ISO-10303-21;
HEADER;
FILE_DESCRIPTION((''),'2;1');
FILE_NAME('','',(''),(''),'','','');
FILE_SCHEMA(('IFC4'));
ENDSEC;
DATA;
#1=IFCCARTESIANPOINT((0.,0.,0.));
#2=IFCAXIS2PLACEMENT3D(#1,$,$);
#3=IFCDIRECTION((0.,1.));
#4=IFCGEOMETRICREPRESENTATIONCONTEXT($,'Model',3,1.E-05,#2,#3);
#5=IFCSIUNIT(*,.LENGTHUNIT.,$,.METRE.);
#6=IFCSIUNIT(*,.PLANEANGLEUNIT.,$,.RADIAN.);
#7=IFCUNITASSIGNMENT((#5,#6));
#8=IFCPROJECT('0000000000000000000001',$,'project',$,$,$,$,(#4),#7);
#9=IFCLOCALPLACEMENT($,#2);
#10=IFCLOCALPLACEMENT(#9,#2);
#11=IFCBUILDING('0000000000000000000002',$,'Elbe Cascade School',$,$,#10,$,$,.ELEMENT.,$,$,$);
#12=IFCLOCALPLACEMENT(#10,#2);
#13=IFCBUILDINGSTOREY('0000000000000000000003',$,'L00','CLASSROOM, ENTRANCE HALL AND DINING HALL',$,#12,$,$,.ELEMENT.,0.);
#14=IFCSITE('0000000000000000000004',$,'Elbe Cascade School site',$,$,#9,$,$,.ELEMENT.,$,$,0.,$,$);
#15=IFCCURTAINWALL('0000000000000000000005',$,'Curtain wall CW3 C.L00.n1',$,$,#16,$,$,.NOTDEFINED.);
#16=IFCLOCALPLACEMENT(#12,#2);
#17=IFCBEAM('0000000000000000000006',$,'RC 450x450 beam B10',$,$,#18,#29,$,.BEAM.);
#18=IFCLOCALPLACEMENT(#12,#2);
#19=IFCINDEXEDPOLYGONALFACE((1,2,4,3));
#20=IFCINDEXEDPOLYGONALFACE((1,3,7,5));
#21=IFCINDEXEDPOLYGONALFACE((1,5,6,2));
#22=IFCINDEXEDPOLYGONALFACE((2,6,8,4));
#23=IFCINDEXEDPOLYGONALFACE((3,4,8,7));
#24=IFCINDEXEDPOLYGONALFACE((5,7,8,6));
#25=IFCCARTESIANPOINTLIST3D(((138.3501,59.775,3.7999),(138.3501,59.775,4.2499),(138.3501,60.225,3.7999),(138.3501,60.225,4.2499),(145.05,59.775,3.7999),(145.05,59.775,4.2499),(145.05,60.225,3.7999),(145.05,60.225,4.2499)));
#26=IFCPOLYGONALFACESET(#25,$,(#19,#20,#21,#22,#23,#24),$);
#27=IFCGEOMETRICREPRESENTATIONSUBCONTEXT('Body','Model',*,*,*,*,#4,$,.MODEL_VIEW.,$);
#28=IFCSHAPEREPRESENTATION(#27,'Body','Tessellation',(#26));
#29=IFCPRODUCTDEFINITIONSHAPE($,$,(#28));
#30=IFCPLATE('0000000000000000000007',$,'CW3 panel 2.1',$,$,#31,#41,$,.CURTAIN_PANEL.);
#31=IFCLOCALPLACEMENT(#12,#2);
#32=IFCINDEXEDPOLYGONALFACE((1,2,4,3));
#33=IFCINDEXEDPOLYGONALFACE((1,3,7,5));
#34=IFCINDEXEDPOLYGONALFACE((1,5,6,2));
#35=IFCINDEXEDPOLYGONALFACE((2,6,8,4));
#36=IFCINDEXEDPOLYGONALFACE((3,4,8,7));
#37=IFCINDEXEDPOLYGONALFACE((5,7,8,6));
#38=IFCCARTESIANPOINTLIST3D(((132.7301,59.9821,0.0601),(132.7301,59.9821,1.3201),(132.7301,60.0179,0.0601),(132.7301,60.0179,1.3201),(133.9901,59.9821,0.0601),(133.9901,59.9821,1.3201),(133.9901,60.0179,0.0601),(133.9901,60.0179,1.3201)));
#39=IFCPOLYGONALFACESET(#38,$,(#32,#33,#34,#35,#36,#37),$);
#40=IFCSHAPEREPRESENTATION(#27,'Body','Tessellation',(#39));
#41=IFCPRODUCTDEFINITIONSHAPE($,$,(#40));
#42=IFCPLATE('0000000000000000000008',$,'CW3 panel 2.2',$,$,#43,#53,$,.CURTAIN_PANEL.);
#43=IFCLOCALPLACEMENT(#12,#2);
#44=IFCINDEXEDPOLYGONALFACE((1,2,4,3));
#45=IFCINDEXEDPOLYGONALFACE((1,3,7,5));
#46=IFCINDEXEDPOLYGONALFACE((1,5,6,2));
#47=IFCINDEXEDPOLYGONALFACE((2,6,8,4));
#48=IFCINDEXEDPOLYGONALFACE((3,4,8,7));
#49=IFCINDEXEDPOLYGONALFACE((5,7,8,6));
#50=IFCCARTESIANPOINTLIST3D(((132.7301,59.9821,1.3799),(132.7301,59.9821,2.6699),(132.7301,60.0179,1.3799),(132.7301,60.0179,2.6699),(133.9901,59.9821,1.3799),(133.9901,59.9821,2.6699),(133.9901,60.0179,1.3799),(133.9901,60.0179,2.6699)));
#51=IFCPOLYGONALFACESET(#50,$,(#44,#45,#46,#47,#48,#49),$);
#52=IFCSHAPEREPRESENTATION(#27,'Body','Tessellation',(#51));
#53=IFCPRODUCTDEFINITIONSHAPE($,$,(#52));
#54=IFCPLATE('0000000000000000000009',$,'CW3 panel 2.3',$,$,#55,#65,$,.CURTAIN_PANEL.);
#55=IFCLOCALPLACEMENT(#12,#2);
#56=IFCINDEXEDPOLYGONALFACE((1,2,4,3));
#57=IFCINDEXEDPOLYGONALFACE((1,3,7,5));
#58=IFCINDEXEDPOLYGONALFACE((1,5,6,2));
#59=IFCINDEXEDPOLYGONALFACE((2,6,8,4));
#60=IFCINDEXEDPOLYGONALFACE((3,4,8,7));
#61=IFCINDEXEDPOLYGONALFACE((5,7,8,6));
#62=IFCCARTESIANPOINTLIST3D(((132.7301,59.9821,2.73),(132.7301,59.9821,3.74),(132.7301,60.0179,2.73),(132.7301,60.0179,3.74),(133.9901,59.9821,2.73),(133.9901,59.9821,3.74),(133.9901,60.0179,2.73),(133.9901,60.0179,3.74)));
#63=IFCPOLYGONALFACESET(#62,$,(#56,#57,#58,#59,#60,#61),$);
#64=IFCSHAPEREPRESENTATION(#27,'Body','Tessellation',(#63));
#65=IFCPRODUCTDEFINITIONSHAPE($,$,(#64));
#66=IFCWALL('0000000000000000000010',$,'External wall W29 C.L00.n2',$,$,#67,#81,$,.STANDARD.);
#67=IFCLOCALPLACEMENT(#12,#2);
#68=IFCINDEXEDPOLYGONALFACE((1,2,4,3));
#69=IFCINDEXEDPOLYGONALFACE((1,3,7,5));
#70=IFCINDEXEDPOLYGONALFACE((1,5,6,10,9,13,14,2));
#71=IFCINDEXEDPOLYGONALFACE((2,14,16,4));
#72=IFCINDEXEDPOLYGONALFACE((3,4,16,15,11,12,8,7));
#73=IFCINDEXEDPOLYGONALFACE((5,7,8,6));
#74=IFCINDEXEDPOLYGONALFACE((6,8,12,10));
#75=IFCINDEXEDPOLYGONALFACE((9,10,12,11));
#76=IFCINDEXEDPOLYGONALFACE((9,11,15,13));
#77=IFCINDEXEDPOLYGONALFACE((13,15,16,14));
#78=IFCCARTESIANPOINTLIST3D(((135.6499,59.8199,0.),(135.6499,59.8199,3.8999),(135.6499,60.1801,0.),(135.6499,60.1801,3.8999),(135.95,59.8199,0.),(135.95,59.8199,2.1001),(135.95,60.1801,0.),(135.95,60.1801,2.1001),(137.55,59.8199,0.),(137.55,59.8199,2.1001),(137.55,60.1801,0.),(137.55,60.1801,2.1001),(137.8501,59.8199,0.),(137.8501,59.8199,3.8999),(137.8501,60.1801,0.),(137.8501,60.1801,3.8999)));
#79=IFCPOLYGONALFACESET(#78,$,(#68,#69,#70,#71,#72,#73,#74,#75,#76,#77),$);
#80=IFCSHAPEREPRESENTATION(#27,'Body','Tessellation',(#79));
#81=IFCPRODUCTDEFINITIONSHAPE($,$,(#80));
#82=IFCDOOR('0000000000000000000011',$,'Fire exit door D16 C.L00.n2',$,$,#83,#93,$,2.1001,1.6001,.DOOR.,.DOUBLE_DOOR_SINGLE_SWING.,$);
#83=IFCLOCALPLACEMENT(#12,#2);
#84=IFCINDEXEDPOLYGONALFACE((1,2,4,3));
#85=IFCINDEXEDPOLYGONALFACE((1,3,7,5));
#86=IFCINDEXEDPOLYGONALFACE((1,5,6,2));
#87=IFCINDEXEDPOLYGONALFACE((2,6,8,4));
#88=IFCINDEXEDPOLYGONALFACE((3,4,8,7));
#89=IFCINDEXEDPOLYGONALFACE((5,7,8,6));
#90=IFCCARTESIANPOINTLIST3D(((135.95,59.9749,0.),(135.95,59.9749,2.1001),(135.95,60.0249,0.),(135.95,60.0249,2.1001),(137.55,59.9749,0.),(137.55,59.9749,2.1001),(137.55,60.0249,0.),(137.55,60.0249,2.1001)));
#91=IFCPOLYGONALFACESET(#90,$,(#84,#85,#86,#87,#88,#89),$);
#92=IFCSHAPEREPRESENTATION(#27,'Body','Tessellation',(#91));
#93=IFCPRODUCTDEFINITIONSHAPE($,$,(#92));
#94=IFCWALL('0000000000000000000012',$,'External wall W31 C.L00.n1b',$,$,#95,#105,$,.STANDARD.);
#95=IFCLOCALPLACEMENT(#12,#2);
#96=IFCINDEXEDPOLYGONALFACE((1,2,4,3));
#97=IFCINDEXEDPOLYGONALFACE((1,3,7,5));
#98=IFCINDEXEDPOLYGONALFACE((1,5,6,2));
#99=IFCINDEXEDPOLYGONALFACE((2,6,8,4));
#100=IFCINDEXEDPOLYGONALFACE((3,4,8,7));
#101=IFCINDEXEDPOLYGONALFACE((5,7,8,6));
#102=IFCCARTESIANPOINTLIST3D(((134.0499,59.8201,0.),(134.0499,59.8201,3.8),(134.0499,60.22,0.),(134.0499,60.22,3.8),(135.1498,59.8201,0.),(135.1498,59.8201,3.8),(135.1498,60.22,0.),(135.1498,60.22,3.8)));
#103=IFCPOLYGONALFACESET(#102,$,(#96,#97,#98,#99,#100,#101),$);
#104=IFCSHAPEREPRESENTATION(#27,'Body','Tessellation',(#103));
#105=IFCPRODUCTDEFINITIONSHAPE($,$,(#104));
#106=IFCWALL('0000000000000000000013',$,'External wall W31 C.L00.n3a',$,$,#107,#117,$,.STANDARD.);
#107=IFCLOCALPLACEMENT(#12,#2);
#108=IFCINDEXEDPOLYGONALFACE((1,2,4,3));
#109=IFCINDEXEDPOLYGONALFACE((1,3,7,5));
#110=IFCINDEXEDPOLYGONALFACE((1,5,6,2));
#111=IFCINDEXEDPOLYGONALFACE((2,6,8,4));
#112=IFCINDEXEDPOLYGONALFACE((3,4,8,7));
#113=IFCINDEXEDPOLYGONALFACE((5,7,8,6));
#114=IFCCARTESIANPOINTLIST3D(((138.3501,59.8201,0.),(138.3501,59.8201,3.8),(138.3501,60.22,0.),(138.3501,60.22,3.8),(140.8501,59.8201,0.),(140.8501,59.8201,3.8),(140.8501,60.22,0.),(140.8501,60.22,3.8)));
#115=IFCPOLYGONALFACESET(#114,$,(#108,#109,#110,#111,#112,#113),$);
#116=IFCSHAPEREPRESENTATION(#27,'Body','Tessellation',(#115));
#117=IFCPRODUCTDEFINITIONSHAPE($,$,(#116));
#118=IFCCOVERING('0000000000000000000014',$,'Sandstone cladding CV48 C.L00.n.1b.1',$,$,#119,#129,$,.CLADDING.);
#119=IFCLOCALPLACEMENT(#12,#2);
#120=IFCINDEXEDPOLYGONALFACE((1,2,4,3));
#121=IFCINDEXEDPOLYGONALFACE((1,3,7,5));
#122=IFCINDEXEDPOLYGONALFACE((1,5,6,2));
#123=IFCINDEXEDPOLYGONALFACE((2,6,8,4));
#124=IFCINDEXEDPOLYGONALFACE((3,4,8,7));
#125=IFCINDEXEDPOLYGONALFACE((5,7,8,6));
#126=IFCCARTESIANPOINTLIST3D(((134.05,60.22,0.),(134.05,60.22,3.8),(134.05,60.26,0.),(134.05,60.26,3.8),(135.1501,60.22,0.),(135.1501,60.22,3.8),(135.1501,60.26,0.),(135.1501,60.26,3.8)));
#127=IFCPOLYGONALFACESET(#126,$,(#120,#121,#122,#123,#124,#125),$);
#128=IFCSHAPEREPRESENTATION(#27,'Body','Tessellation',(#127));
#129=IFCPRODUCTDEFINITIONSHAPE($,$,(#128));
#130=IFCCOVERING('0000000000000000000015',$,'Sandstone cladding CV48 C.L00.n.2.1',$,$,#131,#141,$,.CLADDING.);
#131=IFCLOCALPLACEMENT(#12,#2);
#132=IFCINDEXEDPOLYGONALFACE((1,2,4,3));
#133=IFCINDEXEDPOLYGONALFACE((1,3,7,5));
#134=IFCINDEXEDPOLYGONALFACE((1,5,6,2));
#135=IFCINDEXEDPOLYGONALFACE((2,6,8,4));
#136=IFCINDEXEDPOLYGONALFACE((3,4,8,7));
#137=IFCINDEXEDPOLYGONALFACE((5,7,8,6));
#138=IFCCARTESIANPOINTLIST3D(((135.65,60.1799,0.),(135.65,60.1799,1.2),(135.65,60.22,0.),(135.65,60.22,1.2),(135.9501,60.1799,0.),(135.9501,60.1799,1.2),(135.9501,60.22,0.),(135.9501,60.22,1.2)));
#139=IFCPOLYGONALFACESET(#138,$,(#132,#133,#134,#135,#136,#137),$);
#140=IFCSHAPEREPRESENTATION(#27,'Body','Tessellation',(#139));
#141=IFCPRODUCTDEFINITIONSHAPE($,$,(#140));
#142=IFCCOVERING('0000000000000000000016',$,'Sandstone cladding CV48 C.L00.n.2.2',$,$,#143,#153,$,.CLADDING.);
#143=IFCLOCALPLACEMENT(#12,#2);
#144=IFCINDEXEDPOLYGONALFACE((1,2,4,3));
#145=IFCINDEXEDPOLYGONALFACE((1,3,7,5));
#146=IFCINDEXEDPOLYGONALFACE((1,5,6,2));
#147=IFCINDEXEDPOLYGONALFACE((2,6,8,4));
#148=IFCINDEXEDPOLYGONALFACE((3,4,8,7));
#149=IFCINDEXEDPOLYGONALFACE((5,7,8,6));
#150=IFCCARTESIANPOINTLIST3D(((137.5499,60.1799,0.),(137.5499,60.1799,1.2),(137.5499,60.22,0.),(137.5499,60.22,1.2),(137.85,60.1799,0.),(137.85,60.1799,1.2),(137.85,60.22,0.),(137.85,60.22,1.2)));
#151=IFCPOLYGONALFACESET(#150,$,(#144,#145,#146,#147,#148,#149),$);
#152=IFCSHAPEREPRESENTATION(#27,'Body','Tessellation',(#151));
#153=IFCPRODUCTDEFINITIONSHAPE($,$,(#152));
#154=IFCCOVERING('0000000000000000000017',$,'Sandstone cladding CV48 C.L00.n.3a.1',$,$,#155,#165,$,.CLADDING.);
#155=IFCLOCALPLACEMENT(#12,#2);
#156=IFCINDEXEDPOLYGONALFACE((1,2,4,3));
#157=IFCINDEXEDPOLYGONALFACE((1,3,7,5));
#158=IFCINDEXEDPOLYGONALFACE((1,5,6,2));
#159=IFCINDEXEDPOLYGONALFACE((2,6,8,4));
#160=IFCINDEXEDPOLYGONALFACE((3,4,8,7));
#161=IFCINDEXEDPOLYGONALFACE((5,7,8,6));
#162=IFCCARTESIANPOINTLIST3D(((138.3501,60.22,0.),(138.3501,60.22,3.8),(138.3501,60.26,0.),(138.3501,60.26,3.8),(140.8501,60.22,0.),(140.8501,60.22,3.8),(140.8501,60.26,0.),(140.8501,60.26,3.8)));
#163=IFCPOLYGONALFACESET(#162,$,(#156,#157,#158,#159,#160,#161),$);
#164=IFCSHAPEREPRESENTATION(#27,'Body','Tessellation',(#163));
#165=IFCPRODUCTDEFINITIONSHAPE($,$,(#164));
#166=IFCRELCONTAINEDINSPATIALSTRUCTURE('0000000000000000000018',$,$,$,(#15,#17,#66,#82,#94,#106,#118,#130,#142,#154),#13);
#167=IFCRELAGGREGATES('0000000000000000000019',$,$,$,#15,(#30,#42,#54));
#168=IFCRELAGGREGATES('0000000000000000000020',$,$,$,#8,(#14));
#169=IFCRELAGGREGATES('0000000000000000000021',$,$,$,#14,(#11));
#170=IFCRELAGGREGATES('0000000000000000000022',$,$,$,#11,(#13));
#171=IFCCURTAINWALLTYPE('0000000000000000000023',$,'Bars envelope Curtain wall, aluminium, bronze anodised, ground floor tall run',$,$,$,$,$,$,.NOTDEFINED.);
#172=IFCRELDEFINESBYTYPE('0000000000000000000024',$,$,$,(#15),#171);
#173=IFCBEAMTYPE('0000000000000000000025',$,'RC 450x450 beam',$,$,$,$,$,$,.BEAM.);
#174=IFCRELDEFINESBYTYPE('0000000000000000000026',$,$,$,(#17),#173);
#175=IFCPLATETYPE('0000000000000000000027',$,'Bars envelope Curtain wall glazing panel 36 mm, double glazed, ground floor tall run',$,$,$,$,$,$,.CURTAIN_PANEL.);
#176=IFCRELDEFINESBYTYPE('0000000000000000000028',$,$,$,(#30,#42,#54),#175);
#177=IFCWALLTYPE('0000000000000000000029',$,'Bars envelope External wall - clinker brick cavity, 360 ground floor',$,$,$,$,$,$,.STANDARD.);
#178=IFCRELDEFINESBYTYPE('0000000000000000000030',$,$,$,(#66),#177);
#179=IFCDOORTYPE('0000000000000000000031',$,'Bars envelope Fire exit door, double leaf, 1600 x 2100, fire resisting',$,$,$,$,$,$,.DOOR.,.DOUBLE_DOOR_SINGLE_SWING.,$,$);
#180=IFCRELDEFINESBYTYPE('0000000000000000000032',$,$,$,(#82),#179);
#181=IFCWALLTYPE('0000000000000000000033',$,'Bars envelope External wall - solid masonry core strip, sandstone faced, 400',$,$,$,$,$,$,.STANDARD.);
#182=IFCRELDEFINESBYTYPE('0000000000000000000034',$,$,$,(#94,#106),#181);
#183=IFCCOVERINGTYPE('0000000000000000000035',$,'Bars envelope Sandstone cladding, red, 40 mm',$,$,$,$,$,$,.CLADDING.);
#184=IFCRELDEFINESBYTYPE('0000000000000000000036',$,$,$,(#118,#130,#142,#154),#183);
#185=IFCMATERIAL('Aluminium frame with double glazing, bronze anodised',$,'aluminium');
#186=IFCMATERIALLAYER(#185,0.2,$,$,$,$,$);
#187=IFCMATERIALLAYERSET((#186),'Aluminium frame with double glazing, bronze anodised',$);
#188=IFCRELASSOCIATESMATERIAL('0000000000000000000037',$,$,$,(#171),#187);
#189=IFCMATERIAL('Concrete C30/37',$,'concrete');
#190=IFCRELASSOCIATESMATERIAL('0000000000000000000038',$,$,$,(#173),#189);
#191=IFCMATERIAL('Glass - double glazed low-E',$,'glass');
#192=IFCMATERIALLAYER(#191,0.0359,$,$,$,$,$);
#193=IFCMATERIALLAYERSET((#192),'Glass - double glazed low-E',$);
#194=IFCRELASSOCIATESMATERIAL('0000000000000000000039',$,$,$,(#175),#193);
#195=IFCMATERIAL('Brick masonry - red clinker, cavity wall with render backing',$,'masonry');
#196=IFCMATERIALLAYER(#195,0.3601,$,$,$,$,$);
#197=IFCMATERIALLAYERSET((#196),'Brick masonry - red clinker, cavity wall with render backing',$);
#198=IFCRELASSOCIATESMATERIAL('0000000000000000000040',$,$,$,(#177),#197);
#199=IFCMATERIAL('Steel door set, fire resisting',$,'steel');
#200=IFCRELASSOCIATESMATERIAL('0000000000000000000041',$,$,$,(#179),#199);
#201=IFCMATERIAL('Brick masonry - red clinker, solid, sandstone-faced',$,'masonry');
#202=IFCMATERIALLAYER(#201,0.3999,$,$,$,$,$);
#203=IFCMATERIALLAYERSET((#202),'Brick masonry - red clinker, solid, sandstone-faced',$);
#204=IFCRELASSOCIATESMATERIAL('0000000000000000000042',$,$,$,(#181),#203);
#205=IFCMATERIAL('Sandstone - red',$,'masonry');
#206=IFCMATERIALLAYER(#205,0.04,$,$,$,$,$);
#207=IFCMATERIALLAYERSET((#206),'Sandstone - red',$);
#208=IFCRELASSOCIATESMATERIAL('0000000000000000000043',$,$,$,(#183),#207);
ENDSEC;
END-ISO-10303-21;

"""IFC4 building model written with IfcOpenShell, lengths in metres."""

from ifc_helpers import new_model, si_unit, direction, frame, frame_2d, origin, origin_2d, place, context, subcontext, project, spatial, rectangle, extrude, material, layer, layer_set, material_profile, profile_set, type_object, element, fill, aggregate, save


model = new_model("IFC4")

# Units and contexts
model_context = context("Model", 3, precision=1e-05, world=origin(), true_north=direction((0.0, 1.0)))
body_context = subcontext(model_context, "Body", "Model", "MODEL_VIEW")
ifc_project = project(units=[si_unit("LENGTHUNIT", "METRE"), si_unit("PLANEANGLEUNIT", "RADIAN")], contexts=[model_context])

# Site, building, storey
site_placement = place(None, origin())
site = spatial("IfcSite", under=ifc_project, at=site_placement, Name="Elbe Cascade School site", CompositionType="ELEMENT", RefElevation=0.0)
building_placement = place(site_placement, origin())
building = spatial("IfcBuilding", under=site, at=building_placement, Name="Elbe Cascade School", CompositionType="ELEMENT")
storey_placement = place(building_placement, origin())
storey = spatial("IfcBuildingStorey", under=building, at=storey_placement, Name="L00", Description="CLASSROOM, ENTRANCE HALL AND DINING HALL", CompositionType="ELEMENT", Elevation=0.0)

# Curtain wall
ifc_material_1 = material(Name="Aluminium frame with double glazing, bronze anodised", Category="aluminium")
ifc_layer_1 = layer(ifc_material_1, 0.2)
ifc_layer_set_1 = layer_set([ifc_layer_1], Name="Aluminium frame with double glazing, bronze anodised")
curtain_wall_type = type_object("IfcCurtainWallType", Name="Bars envelope Curtain wall, aluminium, bronze anodised, ground floor tall run", PredefinedType="NOTDEFINED", material=ifc_layer_set_1)
curtain_wall_placement = place(storey_placement, origin())
curtain_wall = element("IfcCurtainWall", 1, at=curtain_wall_placement, inside=storey, type_object=curtain_wall_type, Name="Curtain wall CW3 C.L00.n1", PredefinedType="NOTDEFINED")

# Beam
ifc_material_2 = material(Name="Concrete C30/37", Category="concrete")
ifc_material_profile_1 = material_profile(ifc_material_2, rectangle(XDim=0.45, YDim=0.45, at=origin_2d()), Name="RC 450x450")
ifc_profile_set_1 = profile_set([ifc_material_profile_1], Name="Concrete C30/37")
beam_type_1 = type_object("IfcBeamType", Name="RC 450x450 beam", PredefinedType="BEAM", material=ifc_profile_set_1)
beam_1_placement = place(storey_placement, frame((138.3501, 60.0, 4.0249), z_axis=(1.0, 0.0, 0.0), x_axis=(0.0, 1.0, 0.0)))
element("IfcBeam", 2, at=beam_1_placement, inside=storey, type_object=beam_type_1, Name="RC 450x450 beam B10", PredefinedType="BEAM", context=body_context, shape_type="SweptSolid", body=[
    extrude(rectangle(XDim=0.45, YDim=0.45, at=origin_2d()), origin(), (0.0, 0.0, 1.0), 6.7),
])

# Plates
ifc_material_3 = material(Name="Glass - double glazed low-E", Category="glass")
ifc_layer_2 = layer(ifc_material_3, 0.0359)
ifc_layer_set_2 = layer_set([ifc_layer_2], Name="Glass - double glazed low-E")
plate_type = type_object("IfcPlateType", Name="Bars envelope Curtain wall glazing panel 36 mm, double glazed, ground floor tall run", PredefinedType="CURTAIN_PANEL", material=ifc_layer_set_2)
plate_1_placement = place(storey_placement, frame((133.3601, 60.0, 0.0601), z_axis=(0.0, 0.0, 1.0), x_axis=(1.0, 0.0, 0.0)))
plate_1 = element("IfcPlate", 3, at=plate_1_placement, type_object=plate_type, Name="CW3 panel 2.1", PredefinedType="CURTAIN_PANEL", context=body_context, shape_type="SweptSolid", body=[
    extrude(rectangle(XDim=1.26, YDim=0.0359, at=origin_2d()), origin(), (0.0, 0.0, 1.0), 1.26),
])
plate_2_placement = place(storey_placement, frame((133.3601, 60.0, 1.3799), z_axis=(0.0, 0.0, 1.0), x_axis=(1.0, 0.0, 0.0)))
plate_2 = element("IfcPlate", 4, at=plate_2_placement, type_object=plate_type, Name="CW3 panel 2.2", PredefinedType="CURTAIN_PANEL", context=body_context, shape_type="SweptSolid", body=[
    extrude(rectangle(XDim=1.26, YDim=0.0359, at=origin_2d()), origin(), (0.0, 0.0, 1.0), 1.29),
])
plate_3_placement = place(storey_placement, frame((133.3601, 60.0, 2.73), z_axis=(0.0, 0.0, 1.0), x_axis=(1.0, 0.0, 0.0)))
plate_3 = element("IfcPlate", 5, at=plate_3_placement, type_object=plate_type, Name="CW3 panel 2.3", PredefinedType="CURTAIN_PANEL", context=body_context, shape_type="SweptSolid", body=[
    extrude(rectangle(XDim=1.26, YDim=0.0359, at=origin_2d()), origin(), (0.0, 0.0, 1.0), 1.01),
])
aggregate(curtain_wall, [plate_1, plate_2, plate_3])

# Wall, opening, door
ifc_material_4 = material(Name="Brick masonry - red clinker, cavity wall with render backing", Category="masonry")
ifc_layer_3 = layer(ifc_material_4, 0.3601)
ifc_layer_set_3 = layer_set([ifc_layer_3], Name="Brick masonry - red clinker, cavity wall with render backing")
wall_type_1 = type_object("IfcWallType", Name="Bars envelope External wall - clinker brick cavity, 360 ground floor", PredefinedType="STANDARD", material=ifc_layer_set_3)
wall_1_placement = place(storey_placement, frame((135.6499, 60.0, 0.0), z_axis=(0.0, 0.0, 1.0), x_axis=(1.0, 0.0, 0.0)))
wall_1 = element("IfcWall", 6, at=wall_1_placement, inside=storey, type_object=wall_type_1, Name="External wall W29 C.L00.n2", PredefinedType="STANDARD", context=body_context, shape_type="SweptSolid", body=[
    extrude(rectangle(XDim=2.2002, YDim=0.3601, at=frame_2d((1.1001, 0.0))), origin(), (0.0, 0.0, 1.0), 3.8999),
])
opening_placement = place(wall_1_placement, frame((0.3, 0.0, 0.0)))
opening = element("IfcOpeningElement", 7, at=opening_placement, cuts=wall_1, PredefinedType="OPENING", context=body_context, shape_type="SweptSolid", body=[
    extrude(rectangle(XDim=1.6001, YDim=2.1001, at=frame_2d((0.8, 1.05))), frame((0.0, 0.1899, 0.0), z_axis=(0.0, -1.0, 0.0), x_axis=(1.0, 0.0, 0.0)), (0.0, 0.0, 1.0), 0.3801),
])
ifc_material_5 = material(Name="Steel door set, fire resisting", Category="steel")
door_type = type_object("IfcDoorType", Name="Bars envelope Fire exit door, double leaf, 1600 x 2100, fire resisting", OperationType="DOUBLE_DOOR_SINGLE_SWING", PredefinedType="DOOR", material=ifc_material_5)
door_placement = place(opening_placement, origin())
door = element("IfcDoor", 8, at=door_placement, inside=storey, type_object=door_type, Name="Fire exit door D16 C.L00.n2", OperationType="DOUBLE_DOOR_SINGLE_SWING", OverallHeight=2.1001, OverallWidth=1.6001, PredefinedType="DOOR", context=body_context, shape_type="SweptSolid", body=[
    extrude(rectangle(XDim=1.6001, YDim=2.1001, at=frame_2d((0.8, 1.05))), frame((0.0, 0.0249, 0.0), z_axis=(0.0, -1.0, 0.0), x_axis=(1.0, 0.0, 0.0)), (0.0, 0.0, 1.0), 0.05),
])
fill(opening, door)

# Walls
ifc_material_6 = material(Name="Brick masonry - red clinker, solid, sandstone-faced", Category="masonry")
ifc_layer_4 = layer(ifc_material_6, 0.3999)
ifc_layer_set_4 = layer_set([ifc_layer_4], Name="Brick masonry - red clinker, solid, sandstone-faced")
wall_type_2 = type_object("IfcWallType", Name="Bars envelope External wall - solid masonry core strip, sandstone faced, 400", PredefinedType="STANDARD", material=ifc_layer_set_4)
wall_2_placement = place(storey_placement, frame((134.05, 60.02, 0.0), z_axis=(0.0, 0.0, 1.0), x_axis=(1.0, 0.0, 0.0)))
element("IfcWall", 9, at=wall_2_placement, inside=storey, type_object=wall_type_2, Name="External wall W31 C.L00.n1b", PredefinedType="STANDARD", context=body_context, shape_type="SweptSolid", body=[
    extrude(rectangle(XDim=1.0999, YDim=0.3999, at=frame_2d((0.5498, 0.0))), origin(), (0.0, 0.0, 1.0), 3.8),
])
wall_3_placement = place(storey_placement, frame((138.3501, 60.02, 0.0), z_axis=(0.0, 0.0, 1.0), x_axis=(1.0, 0.0, 0.0)))
element("IfcWall", 10, at=wall_3_placement, inside=storey, type_object=wall_type_2, Name="External wall W31 C.L00.n3a", PredefinedType="STANDARD", context=body_context, shape_type="SweptSolid", body=[
    extrude(rectangle(XDim=2.5, YDim=0.3999, at=frame_2d((1.25, 0.0))), origin(), (0.0, 0.0, 1.0), 3.8),
])

# Coverings
ifc_material_7 = material(Name="Sandstone - red", Category="masonry")
ifc_layer_5 = layer(ifc_material_7, 0.04)
ifc_layer_set_5 = layer_set([ifc_layer_5], Name="Sandstone - red")
covering_type_1 = type_object("IfcCoveringType", Name="Bars envelope Sandstone cladding, red, 40 mm", PredefinedType="CLADDING", material=ifc_layer_set_5)
covering_1_placement = place(storey_placement, frame((134.6001, 60.24, 0.0), z_axis=(0.0, 0.0, 1.0), x_axis=(1.0, 0.0, 0.0)))
element("IfcCovering", 11, at=covering_1_placement, inside=storey, type_object=covering_type_1, Name="Sandstone cladding CV48 C.L00.n.1b.1", PredefinedType="CLADDING", context=body_context, shape_type="SweptSolid", body=[
    extrude(rectangle(XDim=1.1001, YDim=0.04, at=origin_2d()), origin(), (0.0, 0.0, 1.0), 3.8),
])
for number, where, z_axis, x_axis, name in (
    (12, (135.8, 60.2, 0.0), (0.0, 0.0, 1.0), (1.0, 0.0, 0.0), "Sandstone cladding CV48 C.L00.n.2.1"),
    (13, (137.7, 60.2, 0.0), (0.0, 0.0, 1.0), (1.0, 0.0, 0.0), "Sandstone cladding CV48 C.L00.n.2.2"),
):
    element("IfcCovering", number, at=place(storey_placement, frame(where, z_axis=z_axis, x_axis=x_axis)), inside=storey, type_object=covering_type_1, Name=name, PredefinedType="CLADDING", context=body_context, shape_type="SweptSolid", body=[
        extrude(rectangle(XDim=0.3, YDim=0.04, at=origin_2d()), origin(), (0.0, 0.0, 1.0), 1.2),
    ])
covering_2_placement = place(storey_placement, frame((139.6001, 60.24, 0.0), z_axis=(0.0, 0.0, 1.0), x_axis=(1.0, 0.0, 0.0)))
element("IfcCovering", 14, at=covering_2_placement, inside=storey, type_object=covering_type_1, Name="Sandstone cladding CV48 C.L00.n.3a.1", PredefinedType="CLADDING", context=body_context, shape_type="SweptSolid", body=[
    extrude(rectangle(XDim=2.5, YDim=0.04, at=origin_2d()), origin(), (0.0, 0.0, 1.0), 3.8),
])

save(model, "model.ifc")
